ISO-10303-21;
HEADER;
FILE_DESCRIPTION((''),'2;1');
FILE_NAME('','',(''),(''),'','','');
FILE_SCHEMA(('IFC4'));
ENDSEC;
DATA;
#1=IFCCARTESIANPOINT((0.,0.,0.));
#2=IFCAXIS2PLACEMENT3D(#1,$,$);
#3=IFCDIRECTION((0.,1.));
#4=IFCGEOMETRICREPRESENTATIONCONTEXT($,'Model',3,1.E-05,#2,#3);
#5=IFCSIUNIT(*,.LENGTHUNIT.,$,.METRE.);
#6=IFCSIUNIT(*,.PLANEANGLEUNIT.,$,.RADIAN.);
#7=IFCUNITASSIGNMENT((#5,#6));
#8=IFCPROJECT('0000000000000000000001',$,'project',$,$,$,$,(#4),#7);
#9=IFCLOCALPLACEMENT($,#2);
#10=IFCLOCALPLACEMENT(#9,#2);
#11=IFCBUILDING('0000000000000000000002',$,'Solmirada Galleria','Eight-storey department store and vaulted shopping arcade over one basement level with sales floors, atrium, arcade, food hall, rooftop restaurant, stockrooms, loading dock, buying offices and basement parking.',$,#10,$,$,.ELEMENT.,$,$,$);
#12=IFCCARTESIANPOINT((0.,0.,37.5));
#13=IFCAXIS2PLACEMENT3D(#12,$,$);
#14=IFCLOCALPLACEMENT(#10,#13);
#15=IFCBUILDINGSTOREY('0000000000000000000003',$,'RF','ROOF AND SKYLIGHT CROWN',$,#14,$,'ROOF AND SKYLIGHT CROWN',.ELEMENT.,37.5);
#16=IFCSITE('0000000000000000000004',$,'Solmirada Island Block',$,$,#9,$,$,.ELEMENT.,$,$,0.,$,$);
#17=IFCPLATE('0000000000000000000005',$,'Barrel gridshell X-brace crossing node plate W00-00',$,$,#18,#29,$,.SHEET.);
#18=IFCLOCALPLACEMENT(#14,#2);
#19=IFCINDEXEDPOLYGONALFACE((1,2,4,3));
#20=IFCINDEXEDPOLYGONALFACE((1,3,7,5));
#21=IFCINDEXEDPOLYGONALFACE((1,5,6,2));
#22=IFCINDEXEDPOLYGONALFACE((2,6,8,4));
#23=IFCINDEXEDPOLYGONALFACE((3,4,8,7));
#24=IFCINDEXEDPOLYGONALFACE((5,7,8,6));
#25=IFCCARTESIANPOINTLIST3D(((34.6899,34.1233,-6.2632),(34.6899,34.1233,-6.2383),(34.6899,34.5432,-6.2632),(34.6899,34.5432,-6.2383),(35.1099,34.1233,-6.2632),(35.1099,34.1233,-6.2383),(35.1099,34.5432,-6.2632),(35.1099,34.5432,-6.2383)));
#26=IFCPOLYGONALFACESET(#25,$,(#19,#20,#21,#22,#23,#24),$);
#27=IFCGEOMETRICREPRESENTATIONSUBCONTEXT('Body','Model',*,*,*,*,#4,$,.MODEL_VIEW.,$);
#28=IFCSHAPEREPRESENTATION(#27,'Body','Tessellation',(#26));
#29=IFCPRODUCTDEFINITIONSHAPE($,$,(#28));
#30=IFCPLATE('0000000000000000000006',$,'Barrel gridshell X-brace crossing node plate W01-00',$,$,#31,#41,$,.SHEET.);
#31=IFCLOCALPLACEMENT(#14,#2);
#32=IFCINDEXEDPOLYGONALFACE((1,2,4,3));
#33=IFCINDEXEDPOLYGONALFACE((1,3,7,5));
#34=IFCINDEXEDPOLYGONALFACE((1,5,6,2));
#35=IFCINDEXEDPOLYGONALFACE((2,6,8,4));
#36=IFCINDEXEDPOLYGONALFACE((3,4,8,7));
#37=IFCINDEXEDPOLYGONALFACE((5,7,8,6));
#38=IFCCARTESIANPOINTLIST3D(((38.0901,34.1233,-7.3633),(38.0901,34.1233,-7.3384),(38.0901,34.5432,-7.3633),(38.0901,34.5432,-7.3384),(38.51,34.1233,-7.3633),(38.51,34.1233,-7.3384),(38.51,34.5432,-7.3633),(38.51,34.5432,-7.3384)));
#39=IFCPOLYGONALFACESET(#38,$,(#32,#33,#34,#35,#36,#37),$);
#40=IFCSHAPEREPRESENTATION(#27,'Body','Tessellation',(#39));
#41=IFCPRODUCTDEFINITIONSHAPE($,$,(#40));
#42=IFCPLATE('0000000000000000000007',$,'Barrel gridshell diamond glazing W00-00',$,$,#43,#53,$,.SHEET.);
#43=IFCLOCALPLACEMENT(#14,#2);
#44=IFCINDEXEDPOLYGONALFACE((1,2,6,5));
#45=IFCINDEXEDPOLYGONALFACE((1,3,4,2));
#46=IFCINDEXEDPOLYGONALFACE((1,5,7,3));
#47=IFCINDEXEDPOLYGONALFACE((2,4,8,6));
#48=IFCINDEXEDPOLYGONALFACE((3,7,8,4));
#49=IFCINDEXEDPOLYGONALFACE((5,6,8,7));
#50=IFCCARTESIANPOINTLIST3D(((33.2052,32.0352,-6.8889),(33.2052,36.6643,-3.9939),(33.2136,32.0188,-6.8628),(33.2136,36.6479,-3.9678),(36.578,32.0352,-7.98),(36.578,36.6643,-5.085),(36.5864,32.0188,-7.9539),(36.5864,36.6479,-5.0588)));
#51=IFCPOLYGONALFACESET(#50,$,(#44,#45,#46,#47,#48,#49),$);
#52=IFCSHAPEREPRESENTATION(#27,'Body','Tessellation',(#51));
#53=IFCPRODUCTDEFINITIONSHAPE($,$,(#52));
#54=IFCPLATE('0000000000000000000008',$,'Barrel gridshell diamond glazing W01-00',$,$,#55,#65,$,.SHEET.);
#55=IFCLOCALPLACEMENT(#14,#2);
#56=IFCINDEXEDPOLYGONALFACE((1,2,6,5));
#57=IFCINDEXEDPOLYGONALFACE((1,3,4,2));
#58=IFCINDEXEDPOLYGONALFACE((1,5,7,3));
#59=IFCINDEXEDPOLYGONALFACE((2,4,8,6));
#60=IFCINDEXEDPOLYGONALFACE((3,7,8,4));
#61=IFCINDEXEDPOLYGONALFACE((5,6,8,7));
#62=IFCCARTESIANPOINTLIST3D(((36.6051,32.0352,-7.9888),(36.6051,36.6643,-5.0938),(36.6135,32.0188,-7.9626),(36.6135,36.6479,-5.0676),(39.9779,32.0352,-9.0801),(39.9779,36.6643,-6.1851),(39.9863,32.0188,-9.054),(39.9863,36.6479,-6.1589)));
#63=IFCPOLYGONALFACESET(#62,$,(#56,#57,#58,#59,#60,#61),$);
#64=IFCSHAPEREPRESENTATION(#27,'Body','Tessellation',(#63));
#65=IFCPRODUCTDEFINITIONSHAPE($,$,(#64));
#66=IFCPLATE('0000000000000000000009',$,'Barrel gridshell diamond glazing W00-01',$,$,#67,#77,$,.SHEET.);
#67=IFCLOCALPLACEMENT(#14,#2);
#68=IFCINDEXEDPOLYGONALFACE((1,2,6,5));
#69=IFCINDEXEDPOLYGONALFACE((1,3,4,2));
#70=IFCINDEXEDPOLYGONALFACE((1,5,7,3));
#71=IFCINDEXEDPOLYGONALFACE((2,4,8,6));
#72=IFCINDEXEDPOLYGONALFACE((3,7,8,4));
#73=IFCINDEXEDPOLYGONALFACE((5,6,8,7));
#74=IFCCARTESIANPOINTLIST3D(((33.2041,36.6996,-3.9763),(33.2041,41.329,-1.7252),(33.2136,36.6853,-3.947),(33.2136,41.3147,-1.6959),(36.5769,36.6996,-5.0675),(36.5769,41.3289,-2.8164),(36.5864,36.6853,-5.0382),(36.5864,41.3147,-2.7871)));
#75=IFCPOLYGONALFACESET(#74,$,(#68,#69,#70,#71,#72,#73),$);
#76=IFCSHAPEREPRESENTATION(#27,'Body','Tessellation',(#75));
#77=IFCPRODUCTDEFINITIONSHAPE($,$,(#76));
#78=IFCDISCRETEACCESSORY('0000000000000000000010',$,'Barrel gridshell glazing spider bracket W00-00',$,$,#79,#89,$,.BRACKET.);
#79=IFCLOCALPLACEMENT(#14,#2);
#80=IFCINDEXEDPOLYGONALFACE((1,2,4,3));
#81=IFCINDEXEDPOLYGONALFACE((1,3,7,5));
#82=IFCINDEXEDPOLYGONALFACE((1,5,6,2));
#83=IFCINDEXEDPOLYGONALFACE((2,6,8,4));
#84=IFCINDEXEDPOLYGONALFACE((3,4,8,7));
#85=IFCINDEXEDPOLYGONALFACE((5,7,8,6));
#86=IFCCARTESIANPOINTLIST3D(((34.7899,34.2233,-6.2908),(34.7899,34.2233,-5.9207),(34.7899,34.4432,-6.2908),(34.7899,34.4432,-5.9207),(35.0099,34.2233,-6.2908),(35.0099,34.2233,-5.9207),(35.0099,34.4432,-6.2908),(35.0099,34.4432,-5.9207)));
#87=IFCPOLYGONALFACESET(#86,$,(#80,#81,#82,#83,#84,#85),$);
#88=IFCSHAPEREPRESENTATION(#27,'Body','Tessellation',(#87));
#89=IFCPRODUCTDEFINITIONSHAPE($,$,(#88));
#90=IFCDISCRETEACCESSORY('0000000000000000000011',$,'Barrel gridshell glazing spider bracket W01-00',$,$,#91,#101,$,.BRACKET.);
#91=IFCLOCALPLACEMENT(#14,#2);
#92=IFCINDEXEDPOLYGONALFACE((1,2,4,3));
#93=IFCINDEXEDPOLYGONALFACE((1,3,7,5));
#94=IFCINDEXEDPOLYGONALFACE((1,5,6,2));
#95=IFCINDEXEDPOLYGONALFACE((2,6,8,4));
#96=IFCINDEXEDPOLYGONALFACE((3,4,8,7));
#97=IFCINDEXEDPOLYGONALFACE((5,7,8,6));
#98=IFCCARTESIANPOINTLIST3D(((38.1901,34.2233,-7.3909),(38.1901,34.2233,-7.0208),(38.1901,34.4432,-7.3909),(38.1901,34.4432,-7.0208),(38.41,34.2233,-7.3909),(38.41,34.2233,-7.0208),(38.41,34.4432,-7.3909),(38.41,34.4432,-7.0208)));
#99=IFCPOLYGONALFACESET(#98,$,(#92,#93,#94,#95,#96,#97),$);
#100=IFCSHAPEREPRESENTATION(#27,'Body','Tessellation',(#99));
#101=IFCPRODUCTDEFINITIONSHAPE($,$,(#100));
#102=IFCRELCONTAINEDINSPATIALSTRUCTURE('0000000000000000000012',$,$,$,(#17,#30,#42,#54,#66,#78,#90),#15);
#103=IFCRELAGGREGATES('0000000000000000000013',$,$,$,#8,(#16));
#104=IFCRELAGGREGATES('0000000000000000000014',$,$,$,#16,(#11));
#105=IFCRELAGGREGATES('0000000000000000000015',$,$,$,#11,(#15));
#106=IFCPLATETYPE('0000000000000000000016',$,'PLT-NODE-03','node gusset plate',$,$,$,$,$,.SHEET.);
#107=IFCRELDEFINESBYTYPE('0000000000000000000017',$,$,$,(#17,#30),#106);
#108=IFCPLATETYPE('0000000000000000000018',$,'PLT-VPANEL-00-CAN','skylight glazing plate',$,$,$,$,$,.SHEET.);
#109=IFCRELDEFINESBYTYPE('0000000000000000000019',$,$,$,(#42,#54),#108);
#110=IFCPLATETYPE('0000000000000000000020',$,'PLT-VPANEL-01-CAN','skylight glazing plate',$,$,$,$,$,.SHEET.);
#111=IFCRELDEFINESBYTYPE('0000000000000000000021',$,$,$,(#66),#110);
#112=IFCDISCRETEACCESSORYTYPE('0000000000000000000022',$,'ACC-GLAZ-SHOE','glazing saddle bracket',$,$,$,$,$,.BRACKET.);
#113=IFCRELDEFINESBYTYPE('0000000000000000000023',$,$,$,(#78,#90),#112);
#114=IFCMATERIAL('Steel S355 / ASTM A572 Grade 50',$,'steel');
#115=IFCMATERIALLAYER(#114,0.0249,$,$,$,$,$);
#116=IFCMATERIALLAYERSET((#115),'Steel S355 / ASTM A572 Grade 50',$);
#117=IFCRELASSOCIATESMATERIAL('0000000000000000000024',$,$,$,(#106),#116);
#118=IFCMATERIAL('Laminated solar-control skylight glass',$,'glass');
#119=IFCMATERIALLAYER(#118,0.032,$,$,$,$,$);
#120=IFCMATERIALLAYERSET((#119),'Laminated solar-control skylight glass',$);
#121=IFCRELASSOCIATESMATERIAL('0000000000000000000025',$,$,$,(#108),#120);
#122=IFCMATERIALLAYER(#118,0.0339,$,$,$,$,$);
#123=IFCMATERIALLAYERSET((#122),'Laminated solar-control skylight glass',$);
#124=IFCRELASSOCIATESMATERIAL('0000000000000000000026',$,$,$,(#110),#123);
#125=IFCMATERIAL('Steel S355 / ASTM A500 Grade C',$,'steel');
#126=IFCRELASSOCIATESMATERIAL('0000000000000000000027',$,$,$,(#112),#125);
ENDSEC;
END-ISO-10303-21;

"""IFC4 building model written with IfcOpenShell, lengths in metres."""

from ifc_helpers import new_model, si_unit, direction, frame, origin, origin_2d, place, context, subcontext, project, spatial, polyline, rectangle, outline, extrude, material, layer, layer_set, type_object, element, save


model = new_model("IFC4")

# Units and contexts
model_context = context("Model", 3, precision=1e-05, world=origin(), true_north=direction((0.0, 1.0)))
body_context = subcontext(model_context, "Body", "Model", "MODEL_VIEW")
ifc_project = project(units=[si_unit("LENGTHUNIT", "METRE"), si_unit("PLANEANGLEUNIT", "RADIAN")], contexts=[model_context])

# Site, building, storey
site_placement = place(None, origin())
site = spatial("IfcSite", under=ifc_project, at=site_placement, Name="Solmirada Island Block", CompositionType="ELEMENT", RefElevation=0.0)
building_placement = place(site_placement, origin())
building = spatial("IfcBuilding", under=site, at=building_placement, Name="Solmirada Galleria", Description="Eight-storey department store and vaulted shopping arcade over one basement level with sales floors, atrium, arcade, food hall, rooftop restaurant, stockrooms, loading dock, buying offices and basement parking.", CompositionType="ELEMENT")
storey_placement = place(building_placement, frame((0.0, 0.0, 37.5)))
storey = spatial("IfcBuildingStorey", under=building, at=storey_placement, Name="RF", Description="ROOF AND SKYLIGHT CROWN", LongName="ROOF AND SKYLIGHT CROWN", CompositionType="ELEMENT", Elevation=37.5)

# Shared definitions
ifc_material_1 = material(Name="Steel S355 / ASTM A500 Grade C", Category="steel")

# Plates
ifc_material_2 = material(Name="Steel S355 / ASTM A572 Grade 50", Category="steel")
ifc_layer_1 = layer(ifc_material_2, 0.0249)
ifc_layer_set_1 = layer_set([ifc_layer_1], Name="Steel S355 / ASTM A572 Grade 50")
plate_type_1 = type_object("IfcPlateType", Name="PLT-NODE-03", Description="node gusset plate", PredefinedType="SHEET", material=ifc_layer_set_1)
for number, where, z_axis, x_axis, name in (
    (1, (34.8999, 34.3333, -6.2632), (0.0, 0.0, 1.0), (1.0, 0.0, 0.0), "Barrel gridshell X-brace crossing node plate W00-00"),
    (2, (38.3, 34.3333, -7.3633), (0.0, 0.0, 1.0), (1.0, 0.0, 0.0), "Barrel gridshell X-brace crossing node plate W01-00"),
):
    element("IfcPlate", number, at=place(storey_placement, frame(where, z_axis=z_axis, x_axis=x_axis)), inside=storey, type_object=plate_type_1, Name=name, PredefinedType="SHEET", context=body_context, shape_type="SweptSolid", body=[
        extrude(rectangle(XDim=0.4199, YDim=0.4199, at=origin_2d()), origin(), (0.0, 0.0, 1.0), 0.0249),
    ])
ifc_material_3 = material(Name="Laminated solar-control skylight glass", Category="glass")
ifc_layer_2 = layer(ifc_material_3, 0.032)
ifc_layer_set_2 = layer_set([ifc_layer_2], Name="Laminated solar-control skylight glass")
plate_type_2 = type_object("IfcPlateType", Name="PLT-VPANEL-00-CAN", Description="skylight glazing plate", PredefinedType="SHEET", material=ifc_layer_set_2)
plate_1_placement = place(storey_placement, frame((33.2136, 32.0188, -6.8628), z_axis=(0.264502, -0.511352, 0.817654), x_axis=(0.951456, 0.0, -0.307785)))
element("IfcPlate", 3, at=plate_1_placement, inside=storey, type_object=plate_type_2, Name="Barrel gridshell diamond glazing W00-00", PredefinedType="SHEET", context=body_context, shape_type="SweptSolid", body=[
    extrude(outline(polyline([(0.0, 0.0), (3.5449, 0.0), (2.6538, 5.3867), (-0.891, 5.3867), (0.0, 0.0)])), origin(), (0.0, 0.0, -1.0), 0.032),
])
plate_2_placement = place(storey_placement, frame((36.6135, 32.0188, -7.9626), z_axis=(0.264557, -0.511344, 0.817641), x_axis=(0.951436, 0.0, -0.307848)))
element("IfcPlate", 4, at=plate_2_placement, inside=storey, type_object=plate_type_2, Name="Barrel gridshell diamond glazing W01-00", PredefinedType="SHEET", context=body_context, shape_type="SweptSolid", body=[
    extrude(outline(polyline([(0.0, 0.0), (3.545, 0.0), (2.6537, 5.3866), (-0.8912, 5.3866), (0.0, 0.0)])), origin(), (0.0, 0.0, -1.0), 0.032),
])
ifc_layer_3 = layer(ifc_material_3, 0.0339)
ifc_layer_set_3 = layer_set([ifc_layer_3], Name="Laminated solar-control skylight glass")
plate_type_3 = type_object("IfcPlateType", Name="PLT-VPANEL-01-CAN", Description="skylight glazing plate", PredefinedType="SHEET", material=ifc_layer_set_3)
plate_3_placement = place(storey_placement, frame((33.2136, 36.6853, -3.947), z_axis=(0.279367, -0.419891, 0.863508), x_axis=(0.951447, 0.000012, -0.307811)))
element("IfcPlate", 5, at=plate_3_placement, inside=storey, type_object=plate_type_3, Name="Barrel gridshell diamond glazing W00-01", PredefinedType="SHEET", context=body_context, shape_type="SweptSolid", body=[
    extrude(outline(polyline([(0.0, 0.0), (3.5449, 0.0), (2.8521, 5.1008), (-0.6929, 5.1009), (0.0, 0.0)])), origin(), (0.0, 0.0, -1.0), 0.0339),
])

# Discrete accessories
discrete_accessory_type = type_object("IfcDiscreteAccessoryType", Name="ACC-GLAZ-SHOE", Description="glazing saddle bracket", PredefinedType="BRACKET", material=ifc_material_1)
for number, where, z_axis, x_axis, name in (
    (6, (34.8999, 34.3333, -6.2908), (0.0, 0.0, 1.0), (1.0, 0.0, 0.0), "Barrel gridshell glazing spider bracket W00-00"),
    (7, (38.3, 34.3333, -7.3909), (0.0, 0.0, 1.0), (1.0, 0.0, 0.0), "Barrel gridshell glazing spider bracket W01-00"),
):
    element("IfcDiscreteAccessory", number, at=place(storey_placement, frame(where, z_axis=z_axis, x_axis=x_axis)), inside=storey, type_object=discrete_accessory_type, Name=name, PredefinedType="BRACKET", context=body_context, shape_type="SweptSolid", body=[
        extrude(rectangle(XDim=0.22, YDim=0.22, at=origin_2d()), origin(), (0.0, 0.0, 1.0), 0.3701),
    ])

save(model, "model.ifc")
